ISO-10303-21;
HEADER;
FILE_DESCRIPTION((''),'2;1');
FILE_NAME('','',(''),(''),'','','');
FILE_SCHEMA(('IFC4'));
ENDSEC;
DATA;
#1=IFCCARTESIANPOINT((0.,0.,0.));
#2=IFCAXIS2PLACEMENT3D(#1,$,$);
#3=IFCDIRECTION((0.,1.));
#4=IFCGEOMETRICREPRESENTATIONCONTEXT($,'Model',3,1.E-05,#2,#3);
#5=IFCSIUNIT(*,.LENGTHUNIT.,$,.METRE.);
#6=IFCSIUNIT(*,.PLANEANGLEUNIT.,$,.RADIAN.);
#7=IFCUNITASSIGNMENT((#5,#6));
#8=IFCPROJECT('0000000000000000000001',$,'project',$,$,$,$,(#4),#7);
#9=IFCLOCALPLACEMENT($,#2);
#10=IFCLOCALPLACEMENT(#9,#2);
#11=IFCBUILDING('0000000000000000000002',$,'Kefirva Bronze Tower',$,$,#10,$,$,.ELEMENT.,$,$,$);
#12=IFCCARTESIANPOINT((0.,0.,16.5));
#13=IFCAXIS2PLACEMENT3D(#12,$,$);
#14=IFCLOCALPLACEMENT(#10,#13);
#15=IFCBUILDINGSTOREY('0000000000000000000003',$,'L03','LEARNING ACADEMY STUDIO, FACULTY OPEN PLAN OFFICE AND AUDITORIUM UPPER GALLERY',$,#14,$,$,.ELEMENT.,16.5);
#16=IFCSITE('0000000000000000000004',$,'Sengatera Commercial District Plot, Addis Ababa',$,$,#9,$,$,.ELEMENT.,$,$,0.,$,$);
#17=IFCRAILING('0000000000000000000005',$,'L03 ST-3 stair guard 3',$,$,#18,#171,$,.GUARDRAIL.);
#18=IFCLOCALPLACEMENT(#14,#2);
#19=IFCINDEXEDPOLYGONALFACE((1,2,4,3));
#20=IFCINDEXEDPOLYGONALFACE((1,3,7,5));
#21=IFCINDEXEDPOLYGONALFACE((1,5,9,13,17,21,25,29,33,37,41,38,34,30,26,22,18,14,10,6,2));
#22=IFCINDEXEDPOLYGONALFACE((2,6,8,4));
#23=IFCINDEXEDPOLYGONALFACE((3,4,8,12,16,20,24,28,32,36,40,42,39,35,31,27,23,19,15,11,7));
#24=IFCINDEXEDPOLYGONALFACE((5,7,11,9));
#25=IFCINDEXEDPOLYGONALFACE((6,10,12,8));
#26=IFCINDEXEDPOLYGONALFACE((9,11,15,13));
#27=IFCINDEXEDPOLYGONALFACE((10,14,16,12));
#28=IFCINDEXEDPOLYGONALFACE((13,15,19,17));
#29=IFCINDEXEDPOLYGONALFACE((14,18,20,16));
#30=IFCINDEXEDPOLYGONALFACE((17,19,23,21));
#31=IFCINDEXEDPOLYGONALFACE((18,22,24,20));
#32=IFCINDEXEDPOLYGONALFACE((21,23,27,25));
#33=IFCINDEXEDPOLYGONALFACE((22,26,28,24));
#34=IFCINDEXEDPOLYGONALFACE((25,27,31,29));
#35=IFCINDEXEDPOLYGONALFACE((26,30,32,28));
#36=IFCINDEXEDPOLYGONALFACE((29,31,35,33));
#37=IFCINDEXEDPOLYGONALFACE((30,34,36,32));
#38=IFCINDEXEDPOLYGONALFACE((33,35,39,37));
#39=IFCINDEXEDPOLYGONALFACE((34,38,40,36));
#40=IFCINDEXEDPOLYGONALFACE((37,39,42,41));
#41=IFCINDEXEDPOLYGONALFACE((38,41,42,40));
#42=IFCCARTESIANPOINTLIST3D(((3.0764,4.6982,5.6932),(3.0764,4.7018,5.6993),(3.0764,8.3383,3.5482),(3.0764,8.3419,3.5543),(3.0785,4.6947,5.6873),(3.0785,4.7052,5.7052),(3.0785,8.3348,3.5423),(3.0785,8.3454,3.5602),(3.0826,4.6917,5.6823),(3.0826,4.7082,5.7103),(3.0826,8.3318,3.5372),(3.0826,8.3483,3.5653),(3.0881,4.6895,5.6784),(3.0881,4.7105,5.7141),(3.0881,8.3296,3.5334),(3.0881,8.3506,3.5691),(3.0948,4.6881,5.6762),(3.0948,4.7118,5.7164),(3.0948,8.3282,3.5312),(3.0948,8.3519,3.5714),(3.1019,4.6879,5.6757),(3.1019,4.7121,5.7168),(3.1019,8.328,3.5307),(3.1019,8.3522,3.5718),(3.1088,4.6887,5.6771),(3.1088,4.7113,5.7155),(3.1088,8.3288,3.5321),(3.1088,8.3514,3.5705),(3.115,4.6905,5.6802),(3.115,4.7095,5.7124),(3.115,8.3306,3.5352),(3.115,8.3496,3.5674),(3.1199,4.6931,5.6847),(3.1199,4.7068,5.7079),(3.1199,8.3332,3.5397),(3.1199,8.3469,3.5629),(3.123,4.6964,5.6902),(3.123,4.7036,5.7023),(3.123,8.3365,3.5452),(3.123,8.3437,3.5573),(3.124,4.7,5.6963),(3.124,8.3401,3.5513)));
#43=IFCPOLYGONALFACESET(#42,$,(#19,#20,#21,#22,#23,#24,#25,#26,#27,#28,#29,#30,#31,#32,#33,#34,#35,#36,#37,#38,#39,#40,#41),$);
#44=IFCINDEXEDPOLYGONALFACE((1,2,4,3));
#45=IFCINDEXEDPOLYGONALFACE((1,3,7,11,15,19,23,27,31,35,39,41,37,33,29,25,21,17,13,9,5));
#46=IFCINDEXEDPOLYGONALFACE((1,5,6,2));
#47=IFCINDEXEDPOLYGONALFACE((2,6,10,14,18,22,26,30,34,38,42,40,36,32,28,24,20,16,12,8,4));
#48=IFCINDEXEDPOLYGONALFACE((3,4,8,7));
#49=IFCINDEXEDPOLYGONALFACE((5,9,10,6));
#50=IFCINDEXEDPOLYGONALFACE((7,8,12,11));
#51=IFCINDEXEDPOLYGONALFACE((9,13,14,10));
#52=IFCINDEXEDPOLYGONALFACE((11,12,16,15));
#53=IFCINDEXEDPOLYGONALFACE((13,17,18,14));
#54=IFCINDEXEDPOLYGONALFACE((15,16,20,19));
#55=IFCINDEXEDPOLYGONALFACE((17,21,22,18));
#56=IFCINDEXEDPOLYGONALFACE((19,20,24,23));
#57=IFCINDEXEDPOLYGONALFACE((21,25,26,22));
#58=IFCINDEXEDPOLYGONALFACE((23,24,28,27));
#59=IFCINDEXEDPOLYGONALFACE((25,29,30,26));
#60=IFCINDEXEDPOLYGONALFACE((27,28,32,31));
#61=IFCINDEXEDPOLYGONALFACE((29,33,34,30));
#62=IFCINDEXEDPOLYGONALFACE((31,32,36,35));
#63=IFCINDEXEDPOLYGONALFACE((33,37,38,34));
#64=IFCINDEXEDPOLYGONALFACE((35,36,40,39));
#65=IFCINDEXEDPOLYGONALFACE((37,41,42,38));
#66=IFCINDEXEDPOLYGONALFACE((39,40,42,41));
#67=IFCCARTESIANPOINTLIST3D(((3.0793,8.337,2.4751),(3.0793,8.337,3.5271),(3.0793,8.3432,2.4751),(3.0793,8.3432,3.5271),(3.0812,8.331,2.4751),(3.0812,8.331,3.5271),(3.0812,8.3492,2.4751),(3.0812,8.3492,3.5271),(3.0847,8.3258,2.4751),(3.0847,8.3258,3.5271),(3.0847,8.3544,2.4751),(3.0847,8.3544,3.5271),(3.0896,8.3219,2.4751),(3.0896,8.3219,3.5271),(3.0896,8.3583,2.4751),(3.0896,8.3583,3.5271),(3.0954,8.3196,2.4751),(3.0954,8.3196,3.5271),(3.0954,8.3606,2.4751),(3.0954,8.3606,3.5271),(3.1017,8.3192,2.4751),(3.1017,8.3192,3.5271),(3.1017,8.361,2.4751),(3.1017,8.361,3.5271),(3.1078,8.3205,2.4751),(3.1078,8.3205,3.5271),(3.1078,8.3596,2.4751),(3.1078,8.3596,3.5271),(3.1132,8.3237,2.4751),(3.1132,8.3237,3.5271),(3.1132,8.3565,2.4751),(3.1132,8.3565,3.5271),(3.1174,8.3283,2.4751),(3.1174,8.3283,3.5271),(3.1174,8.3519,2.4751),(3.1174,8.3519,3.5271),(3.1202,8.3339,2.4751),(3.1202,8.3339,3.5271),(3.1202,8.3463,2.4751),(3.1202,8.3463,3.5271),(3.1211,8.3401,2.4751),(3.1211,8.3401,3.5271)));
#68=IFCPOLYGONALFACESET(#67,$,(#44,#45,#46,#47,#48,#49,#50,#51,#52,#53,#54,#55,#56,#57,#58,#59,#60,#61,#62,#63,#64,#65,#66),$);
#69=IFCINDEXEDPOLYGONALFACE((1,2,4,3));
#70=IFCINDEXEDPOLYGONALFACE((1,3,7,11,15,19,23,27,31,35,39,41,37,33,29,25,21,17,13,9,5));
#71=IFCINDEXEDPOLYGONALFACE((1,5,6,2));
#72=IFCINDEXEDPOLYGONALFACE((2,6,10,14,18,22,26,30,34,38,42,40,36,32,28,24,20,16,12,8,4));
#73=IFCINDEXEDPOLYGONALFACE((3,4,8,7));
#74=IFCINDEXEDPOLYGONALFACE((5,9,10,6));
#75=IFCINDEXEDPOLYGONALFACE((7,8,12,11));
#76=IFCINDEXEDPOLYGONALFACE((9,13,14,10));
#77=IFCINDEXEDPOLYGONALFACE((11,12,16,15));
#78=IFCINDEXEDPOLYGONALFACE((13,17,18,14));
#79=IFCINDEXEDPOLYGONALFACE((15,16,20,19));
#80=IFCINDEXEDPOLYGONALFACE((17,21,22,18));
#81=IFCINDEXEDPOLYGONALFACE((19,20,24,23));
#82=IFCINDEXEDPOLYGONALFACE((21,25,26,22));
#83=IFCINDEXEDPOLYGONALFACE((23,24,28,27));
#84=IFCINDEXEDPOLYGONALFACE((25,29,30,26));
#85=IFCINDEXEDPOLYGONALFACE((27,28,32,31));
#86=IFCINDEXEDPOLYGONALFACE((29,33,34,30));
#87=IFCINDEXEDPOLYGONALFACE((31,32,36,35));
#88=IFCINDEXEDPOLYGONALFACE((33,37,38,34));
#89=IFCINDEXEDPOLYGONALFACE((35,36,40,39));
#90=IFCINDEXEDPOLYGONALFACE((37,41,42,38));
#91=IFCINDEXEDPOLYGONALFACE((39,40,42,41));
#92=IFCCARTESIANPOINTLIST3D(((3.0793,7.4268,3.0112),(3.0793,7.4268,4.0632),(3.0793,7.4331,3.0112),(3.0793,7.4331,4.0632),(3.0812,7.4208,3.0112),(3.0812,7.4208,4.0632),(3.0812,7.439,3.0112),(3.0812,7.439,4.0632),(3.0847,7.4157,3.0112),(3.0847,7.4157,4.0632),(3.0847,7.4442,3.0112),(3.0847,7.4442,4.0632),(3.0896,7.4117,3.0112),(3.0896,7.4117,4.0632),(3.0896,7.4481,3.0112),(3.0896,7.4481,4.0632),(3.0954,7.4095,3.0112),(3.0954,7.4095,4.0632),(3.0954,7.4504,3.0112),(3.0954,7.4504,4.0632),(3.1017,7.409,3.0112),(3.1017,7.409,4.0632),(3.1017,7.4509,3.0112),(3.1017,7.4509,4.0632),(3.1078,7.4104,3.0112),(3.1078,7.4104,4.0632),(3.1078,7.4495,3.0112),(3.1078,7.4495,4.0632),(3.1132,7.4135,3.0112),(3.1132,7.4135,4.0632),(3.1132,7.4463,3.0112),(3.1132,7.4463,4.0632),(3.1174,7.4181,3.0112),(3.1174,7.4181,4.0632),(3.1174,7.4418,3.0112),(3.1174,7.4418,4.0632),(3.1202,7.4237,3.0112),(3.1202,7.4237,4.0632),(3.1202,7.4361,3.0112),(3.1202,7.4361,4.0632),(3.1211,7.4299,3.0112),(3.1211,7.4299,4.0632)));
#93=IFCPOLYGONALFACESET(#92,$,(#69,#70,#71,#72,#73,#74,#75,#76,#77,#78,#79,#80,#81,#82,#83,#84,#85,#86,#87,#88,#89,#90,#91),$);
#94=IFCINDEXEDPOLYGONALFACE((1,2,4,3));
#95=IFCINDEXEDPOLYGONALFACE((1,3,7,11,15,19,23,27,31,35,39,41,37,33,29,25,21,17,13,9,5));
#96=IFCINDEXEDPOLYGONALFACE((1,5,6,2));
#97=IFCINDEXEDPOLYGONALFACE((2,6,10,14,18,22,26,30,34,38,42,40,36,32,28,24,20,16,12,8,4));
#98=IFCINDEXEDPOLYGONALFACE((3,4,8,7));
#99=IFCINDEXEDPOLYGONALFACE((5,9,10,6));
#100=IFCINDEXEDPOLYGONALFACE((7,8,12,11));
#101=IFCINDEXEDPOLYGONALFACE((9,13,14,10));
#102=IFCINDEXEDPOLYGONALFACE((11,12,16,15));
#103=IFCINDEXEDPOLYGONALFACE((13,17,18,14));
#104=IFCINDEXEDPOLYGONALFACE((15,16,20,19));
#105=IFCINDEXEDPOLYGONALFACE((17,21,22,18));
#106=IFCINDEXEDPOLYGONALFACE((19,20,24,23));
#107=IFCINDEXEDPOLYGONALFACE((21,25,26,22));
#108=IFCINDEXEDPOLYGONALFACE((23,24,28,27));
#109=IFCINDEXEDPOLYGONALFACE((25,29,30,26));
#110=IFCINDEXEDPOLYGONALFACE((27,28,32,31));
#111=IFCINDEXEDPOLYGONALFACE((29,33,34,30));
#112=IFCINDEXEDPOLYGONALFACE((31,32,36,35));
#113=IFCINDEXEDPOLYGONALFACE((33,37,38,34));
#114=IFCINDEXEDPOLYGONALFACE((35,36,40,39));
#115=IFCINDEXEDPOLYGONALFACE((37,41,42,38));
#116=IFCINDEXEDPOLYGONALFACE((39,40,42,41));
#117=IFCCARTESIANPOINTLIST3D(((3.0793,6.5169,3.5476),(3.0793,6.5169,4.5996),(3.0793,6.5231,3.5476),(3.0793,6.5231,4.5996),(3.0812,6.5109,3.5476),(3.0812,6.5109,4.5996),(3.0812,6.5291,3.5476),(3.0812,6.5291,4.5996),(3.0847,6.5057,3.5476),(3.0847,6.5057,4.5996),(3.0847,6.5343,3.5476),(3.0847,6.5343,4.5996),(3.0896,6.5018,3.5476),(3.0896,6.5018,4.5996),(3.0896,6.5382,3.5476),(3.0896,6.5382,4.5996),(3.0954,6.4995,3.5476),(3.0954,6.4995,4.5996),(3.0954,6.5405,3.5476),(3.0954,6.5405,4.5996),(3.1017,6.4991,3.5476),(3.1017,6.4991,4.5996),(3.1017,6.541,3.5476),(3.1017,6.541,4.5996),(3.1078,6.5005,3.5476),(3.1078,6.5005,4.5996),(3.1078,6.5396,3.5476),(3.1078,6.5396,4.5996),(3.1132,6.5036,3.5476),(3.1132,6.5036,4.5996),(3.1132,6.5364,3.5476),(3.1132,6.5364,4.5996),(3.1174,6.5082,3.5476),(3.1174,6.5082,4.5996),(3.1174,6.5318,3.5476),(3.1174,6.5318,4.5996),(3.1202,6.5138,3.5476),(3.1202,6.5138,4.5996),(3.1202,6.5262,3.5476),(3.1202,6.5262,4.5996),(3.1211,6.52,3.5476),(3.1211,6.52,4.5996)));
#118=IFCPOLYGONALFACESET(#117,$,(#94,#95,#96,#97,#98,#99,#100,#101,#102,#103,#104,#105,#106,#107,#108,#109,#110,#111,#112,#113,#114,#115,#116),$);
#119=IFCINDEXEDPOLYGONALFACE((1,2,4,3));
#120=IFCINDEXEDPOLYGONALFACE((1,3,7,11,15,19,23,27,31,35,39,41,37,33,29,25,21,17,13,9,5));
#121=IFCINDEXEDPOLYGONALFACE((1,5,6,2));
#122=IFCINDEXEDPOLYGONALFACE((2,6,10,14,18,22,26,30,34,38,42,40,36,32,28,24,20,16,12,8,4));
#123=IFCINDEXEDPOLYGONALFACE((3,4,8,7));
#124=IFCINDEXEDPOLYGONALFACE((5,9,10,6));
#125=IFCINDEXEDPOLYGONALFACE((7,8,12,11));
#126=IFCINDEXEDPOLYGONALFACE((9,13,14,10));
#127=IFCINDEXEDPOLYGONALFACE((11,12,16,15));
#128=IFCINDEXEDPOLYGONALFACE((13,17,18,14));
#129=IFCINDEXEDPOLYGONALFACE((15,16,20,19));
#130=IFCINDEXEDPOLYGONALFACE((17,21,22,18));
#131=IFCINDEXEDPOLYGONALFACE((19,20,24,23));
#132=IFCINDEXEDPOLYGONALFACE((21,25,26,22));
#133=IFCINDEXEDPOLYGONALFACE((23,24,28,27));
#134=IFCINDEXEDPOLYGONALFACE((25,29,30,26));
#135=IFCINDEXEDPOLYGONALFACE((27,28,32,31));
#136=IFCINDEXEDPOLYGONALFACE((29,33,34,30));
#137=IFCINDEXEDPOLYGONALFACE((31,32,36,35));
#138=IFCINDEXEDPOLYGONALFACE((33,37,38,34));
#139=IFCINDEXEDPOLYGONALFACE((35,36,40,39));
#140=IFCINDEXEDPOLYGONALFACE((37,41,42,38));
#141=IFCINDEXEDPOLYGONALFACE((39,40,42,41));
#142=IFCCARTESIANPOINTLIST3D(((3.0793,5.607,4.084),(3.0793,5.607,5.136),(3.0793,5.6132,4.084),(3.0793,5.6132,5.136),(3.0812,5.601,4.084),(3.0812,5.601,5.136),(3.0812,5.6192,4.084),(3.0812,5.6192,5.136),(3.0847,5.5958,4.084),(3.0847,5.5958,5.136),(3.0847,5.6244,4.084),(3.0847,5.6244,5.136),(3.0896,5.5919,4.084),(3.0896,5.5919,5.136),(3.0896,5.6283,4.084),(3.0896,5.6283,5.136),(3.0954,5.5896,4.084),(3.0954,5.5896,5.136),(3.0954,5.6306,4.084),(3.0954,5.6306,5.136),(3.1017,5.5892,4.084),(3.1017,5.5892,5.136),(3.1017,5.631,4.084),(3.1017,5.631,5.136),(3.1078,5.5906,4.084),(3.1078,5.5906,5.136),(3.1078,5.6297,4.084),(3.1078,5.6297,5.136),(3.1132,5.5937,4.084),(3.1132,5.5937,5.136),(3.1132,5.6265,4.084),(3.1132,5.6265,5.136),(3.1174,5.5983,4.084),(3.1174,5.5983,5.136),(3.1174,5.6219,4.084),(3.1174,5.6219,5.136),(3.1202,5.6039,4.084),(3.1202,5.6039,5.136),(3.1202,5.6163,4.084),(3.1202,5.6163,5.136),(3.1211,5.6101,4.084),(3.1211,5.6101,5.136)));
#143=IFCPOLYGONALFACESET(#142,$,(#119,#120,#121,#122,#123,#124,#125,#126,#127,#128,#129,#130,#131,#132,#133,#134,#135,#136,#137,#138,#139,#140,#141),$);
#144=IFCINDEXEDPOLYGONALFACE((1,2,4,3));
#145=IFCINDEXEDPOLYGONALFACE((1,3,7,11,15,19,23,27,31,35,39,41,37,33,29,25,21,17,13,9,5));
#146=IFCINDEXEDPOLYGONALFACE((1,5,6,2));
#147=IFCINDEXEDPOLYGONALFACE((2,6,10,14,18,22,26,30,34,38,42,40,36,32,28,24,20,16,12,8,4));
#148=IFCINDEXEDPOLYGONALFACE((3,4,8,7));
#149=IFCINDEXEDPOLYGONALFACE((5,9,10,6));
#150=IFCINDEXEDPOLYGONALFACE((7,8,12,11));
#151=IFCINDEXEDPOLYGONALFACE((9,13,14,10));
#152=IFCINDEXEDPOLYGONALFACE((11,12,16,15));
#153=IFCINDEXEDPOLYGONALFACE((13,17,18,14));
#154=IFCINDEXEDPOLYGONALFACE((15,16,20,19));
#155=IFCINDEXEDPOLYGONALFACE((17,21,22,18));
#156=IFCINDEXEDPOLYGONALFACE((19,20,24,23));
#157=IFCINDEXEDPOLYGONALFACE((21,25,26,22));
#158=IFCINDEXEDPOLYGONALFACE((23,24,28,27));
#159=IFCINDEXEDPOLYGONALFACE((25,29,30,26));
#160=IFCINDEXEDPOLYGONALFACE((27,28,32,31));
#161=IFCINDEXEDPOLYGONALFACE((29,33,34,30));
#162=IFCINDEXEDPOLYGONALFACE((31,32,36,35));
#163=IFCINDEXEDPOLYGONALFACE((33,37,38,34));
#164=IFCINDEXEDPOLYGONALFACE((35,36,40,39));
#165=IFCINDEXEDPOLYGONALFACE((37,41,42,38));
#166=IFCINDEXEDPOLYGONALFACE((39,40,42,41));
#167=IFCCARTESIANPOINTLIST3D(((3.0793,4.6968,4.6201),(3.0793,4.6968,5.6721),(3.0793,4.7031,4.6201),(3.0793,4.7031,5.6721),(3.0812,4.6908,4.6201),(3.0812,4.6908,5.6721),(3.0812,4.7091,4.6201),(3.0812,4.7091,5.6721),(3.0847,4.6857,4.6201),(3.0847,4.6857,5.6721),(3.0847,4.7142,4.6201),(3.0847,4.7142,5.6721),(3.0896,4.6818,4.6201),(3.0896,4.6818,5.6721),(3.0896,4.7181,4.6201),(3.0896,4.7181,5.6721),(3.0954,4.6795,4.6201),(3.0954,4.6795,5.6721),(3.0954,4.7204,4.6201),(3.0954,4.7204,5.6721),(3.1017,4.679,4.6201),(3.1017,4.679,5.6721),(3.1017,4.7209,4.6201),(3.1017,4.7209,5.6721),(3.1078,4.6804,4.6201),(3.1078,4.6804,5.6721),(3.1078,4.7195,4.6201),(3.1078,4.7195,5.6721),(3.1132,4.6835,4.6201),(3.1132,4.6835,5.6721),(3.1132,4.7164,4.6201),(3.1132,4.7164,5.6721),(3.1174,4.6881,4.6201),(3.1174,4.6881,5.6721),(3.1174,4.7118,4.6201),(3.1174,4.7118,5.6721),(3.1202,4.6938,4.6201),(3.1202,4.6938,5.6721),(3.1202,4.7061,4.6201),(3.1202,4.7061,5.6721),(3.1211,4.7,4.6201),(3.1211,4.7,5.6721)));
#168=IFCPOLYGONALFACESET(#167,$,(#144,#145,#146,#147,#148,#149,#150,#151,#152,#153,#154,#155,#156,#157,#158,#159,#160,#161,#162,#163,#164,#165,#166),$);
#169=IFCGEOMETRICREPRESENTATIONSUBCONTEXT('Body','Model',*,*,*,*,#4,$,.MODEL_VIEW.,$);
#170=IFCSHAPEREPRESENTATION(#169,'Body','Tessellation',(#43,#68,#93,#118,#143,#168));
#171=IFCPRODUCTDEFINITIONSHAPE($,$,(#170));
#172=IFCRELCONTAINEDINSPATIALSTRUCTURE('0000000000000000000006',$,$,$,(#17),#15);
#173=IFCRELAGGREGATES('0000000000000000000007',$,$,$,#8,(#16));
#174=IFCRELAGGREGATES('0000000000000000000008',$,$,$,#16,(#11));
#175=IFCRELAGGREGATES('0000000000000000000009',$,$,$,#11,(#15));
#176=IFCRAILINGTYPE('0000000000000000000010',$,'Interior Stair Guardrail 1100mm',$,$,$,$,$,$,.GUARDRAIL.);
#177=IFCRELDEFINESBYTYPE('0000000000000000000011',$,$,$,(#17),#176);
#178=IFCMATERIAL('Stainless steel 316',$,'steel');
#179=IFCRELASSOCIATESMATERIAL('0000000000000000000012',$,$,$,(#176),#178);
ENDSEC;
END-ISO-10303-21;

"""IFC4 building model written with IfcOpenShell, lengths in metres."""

from ifc_helpers import new_model, si_unit, direction, frame, origin, origin_2d, place, context, subcontext, project, spatial, circle, extrude, material, type_object, element, save


model = new_model("IFC4")

# Units and contexts
model_context = context("Model", 3, precision=1e-05, world=origin(), true_north=direction((0.0, 1.0)))
body_context = subcontext(model_context, "Body", "Model", "MODEL_VIEW")
ifc_project = project(units=[si_unit("LENGTHUNIT", "METRE"), si_unit("PLANEANGLEUNIT", "RADIAN")], contexts=[model_context])

# Site, building, storey
site_placement = place(None, origin())
site = spatial("IfcSite", under=ifc_project, at=site_placement, Name="Sengatera Commercial District Plot, Addis Ababa", CompositionType="ELEMENT", RefElevation=0.0)
building_placement = place(site_placement, origin())
building = spatial("IfcBuilding", under=site, at=building_placement, Name="Kefirva Bronze Tower", CompositionType="ELEMENT")
storey_placement = place(building_placement, frame((0.0, 0.0, 16.5)))
storey = spatial("IfcBuildingStorey", under=building, at=storey_placement, Name="L03", Description="LEARNING ACADEMY STUDIO, FACULTY OPEN PLAN OFFICE AND AUDITORIUM UPPER GALLERY", CompositionType="ELEMENT", Elevation=16.5)

# Railing
ifc_material_1 = material(Name="Stainless steel 316", Category="steel")
railing_type_1 = type_object("IfcRailingType", Name="Interior Stair Guardrail 1100mm", PredefinedType="GUARDRAIL", material=ifc_material_1)
railing_1_placement = place(storey_placement, frame((3.1001, 8.3401, 2.4751)))
element("IfcRailing", 1, at=railing_1_placement, inside=storey, type_object=railing_type_1, Name="L03 ST-3 stair guard 3", PredefinedType="GUARDRAIL", context=body_context, shape_type="SweptSolid", body=[
    extrude(circle(Radius=0.0239, at=origin_2d()), frame((0.0, 0.0, 1.0762), z_axis=(0.0, -0.861545, 0.507682), x_axis=(1.0, 0.0, 0.0)), (0.0, 0.0, 1.0), 4.2251),
    extrude(circle(Radius=0.021, at=origin_2d()), origin(), (0.0, 0.0, 1.0), 1.052),
    extrude(circle(Radius=0.021, at=origin_2d()), frame((0.0, -0.9102, 0.5361)), (0.0, 0.0, 1.0), 1.052),
    extrude(circle(Radius=0.021, at=origin_2d()), frame((0.0, -1.8201, 1.0725)), (0.0, 0.0, 1.0), 1.052),
    extrude(circle(Radius=0.021, at=origin_2d()), frame((0.0, -2.73, 1.6089)), (0.0, 0.0, 1.0), 1.052),
    extrude(circle(Radius=0.021, at=origin_2d()), frame((0.0, -3.6401, 2.145)), (0.0, 0.0, 1.0), 1.052),
])

save(model, "model.ifc")
